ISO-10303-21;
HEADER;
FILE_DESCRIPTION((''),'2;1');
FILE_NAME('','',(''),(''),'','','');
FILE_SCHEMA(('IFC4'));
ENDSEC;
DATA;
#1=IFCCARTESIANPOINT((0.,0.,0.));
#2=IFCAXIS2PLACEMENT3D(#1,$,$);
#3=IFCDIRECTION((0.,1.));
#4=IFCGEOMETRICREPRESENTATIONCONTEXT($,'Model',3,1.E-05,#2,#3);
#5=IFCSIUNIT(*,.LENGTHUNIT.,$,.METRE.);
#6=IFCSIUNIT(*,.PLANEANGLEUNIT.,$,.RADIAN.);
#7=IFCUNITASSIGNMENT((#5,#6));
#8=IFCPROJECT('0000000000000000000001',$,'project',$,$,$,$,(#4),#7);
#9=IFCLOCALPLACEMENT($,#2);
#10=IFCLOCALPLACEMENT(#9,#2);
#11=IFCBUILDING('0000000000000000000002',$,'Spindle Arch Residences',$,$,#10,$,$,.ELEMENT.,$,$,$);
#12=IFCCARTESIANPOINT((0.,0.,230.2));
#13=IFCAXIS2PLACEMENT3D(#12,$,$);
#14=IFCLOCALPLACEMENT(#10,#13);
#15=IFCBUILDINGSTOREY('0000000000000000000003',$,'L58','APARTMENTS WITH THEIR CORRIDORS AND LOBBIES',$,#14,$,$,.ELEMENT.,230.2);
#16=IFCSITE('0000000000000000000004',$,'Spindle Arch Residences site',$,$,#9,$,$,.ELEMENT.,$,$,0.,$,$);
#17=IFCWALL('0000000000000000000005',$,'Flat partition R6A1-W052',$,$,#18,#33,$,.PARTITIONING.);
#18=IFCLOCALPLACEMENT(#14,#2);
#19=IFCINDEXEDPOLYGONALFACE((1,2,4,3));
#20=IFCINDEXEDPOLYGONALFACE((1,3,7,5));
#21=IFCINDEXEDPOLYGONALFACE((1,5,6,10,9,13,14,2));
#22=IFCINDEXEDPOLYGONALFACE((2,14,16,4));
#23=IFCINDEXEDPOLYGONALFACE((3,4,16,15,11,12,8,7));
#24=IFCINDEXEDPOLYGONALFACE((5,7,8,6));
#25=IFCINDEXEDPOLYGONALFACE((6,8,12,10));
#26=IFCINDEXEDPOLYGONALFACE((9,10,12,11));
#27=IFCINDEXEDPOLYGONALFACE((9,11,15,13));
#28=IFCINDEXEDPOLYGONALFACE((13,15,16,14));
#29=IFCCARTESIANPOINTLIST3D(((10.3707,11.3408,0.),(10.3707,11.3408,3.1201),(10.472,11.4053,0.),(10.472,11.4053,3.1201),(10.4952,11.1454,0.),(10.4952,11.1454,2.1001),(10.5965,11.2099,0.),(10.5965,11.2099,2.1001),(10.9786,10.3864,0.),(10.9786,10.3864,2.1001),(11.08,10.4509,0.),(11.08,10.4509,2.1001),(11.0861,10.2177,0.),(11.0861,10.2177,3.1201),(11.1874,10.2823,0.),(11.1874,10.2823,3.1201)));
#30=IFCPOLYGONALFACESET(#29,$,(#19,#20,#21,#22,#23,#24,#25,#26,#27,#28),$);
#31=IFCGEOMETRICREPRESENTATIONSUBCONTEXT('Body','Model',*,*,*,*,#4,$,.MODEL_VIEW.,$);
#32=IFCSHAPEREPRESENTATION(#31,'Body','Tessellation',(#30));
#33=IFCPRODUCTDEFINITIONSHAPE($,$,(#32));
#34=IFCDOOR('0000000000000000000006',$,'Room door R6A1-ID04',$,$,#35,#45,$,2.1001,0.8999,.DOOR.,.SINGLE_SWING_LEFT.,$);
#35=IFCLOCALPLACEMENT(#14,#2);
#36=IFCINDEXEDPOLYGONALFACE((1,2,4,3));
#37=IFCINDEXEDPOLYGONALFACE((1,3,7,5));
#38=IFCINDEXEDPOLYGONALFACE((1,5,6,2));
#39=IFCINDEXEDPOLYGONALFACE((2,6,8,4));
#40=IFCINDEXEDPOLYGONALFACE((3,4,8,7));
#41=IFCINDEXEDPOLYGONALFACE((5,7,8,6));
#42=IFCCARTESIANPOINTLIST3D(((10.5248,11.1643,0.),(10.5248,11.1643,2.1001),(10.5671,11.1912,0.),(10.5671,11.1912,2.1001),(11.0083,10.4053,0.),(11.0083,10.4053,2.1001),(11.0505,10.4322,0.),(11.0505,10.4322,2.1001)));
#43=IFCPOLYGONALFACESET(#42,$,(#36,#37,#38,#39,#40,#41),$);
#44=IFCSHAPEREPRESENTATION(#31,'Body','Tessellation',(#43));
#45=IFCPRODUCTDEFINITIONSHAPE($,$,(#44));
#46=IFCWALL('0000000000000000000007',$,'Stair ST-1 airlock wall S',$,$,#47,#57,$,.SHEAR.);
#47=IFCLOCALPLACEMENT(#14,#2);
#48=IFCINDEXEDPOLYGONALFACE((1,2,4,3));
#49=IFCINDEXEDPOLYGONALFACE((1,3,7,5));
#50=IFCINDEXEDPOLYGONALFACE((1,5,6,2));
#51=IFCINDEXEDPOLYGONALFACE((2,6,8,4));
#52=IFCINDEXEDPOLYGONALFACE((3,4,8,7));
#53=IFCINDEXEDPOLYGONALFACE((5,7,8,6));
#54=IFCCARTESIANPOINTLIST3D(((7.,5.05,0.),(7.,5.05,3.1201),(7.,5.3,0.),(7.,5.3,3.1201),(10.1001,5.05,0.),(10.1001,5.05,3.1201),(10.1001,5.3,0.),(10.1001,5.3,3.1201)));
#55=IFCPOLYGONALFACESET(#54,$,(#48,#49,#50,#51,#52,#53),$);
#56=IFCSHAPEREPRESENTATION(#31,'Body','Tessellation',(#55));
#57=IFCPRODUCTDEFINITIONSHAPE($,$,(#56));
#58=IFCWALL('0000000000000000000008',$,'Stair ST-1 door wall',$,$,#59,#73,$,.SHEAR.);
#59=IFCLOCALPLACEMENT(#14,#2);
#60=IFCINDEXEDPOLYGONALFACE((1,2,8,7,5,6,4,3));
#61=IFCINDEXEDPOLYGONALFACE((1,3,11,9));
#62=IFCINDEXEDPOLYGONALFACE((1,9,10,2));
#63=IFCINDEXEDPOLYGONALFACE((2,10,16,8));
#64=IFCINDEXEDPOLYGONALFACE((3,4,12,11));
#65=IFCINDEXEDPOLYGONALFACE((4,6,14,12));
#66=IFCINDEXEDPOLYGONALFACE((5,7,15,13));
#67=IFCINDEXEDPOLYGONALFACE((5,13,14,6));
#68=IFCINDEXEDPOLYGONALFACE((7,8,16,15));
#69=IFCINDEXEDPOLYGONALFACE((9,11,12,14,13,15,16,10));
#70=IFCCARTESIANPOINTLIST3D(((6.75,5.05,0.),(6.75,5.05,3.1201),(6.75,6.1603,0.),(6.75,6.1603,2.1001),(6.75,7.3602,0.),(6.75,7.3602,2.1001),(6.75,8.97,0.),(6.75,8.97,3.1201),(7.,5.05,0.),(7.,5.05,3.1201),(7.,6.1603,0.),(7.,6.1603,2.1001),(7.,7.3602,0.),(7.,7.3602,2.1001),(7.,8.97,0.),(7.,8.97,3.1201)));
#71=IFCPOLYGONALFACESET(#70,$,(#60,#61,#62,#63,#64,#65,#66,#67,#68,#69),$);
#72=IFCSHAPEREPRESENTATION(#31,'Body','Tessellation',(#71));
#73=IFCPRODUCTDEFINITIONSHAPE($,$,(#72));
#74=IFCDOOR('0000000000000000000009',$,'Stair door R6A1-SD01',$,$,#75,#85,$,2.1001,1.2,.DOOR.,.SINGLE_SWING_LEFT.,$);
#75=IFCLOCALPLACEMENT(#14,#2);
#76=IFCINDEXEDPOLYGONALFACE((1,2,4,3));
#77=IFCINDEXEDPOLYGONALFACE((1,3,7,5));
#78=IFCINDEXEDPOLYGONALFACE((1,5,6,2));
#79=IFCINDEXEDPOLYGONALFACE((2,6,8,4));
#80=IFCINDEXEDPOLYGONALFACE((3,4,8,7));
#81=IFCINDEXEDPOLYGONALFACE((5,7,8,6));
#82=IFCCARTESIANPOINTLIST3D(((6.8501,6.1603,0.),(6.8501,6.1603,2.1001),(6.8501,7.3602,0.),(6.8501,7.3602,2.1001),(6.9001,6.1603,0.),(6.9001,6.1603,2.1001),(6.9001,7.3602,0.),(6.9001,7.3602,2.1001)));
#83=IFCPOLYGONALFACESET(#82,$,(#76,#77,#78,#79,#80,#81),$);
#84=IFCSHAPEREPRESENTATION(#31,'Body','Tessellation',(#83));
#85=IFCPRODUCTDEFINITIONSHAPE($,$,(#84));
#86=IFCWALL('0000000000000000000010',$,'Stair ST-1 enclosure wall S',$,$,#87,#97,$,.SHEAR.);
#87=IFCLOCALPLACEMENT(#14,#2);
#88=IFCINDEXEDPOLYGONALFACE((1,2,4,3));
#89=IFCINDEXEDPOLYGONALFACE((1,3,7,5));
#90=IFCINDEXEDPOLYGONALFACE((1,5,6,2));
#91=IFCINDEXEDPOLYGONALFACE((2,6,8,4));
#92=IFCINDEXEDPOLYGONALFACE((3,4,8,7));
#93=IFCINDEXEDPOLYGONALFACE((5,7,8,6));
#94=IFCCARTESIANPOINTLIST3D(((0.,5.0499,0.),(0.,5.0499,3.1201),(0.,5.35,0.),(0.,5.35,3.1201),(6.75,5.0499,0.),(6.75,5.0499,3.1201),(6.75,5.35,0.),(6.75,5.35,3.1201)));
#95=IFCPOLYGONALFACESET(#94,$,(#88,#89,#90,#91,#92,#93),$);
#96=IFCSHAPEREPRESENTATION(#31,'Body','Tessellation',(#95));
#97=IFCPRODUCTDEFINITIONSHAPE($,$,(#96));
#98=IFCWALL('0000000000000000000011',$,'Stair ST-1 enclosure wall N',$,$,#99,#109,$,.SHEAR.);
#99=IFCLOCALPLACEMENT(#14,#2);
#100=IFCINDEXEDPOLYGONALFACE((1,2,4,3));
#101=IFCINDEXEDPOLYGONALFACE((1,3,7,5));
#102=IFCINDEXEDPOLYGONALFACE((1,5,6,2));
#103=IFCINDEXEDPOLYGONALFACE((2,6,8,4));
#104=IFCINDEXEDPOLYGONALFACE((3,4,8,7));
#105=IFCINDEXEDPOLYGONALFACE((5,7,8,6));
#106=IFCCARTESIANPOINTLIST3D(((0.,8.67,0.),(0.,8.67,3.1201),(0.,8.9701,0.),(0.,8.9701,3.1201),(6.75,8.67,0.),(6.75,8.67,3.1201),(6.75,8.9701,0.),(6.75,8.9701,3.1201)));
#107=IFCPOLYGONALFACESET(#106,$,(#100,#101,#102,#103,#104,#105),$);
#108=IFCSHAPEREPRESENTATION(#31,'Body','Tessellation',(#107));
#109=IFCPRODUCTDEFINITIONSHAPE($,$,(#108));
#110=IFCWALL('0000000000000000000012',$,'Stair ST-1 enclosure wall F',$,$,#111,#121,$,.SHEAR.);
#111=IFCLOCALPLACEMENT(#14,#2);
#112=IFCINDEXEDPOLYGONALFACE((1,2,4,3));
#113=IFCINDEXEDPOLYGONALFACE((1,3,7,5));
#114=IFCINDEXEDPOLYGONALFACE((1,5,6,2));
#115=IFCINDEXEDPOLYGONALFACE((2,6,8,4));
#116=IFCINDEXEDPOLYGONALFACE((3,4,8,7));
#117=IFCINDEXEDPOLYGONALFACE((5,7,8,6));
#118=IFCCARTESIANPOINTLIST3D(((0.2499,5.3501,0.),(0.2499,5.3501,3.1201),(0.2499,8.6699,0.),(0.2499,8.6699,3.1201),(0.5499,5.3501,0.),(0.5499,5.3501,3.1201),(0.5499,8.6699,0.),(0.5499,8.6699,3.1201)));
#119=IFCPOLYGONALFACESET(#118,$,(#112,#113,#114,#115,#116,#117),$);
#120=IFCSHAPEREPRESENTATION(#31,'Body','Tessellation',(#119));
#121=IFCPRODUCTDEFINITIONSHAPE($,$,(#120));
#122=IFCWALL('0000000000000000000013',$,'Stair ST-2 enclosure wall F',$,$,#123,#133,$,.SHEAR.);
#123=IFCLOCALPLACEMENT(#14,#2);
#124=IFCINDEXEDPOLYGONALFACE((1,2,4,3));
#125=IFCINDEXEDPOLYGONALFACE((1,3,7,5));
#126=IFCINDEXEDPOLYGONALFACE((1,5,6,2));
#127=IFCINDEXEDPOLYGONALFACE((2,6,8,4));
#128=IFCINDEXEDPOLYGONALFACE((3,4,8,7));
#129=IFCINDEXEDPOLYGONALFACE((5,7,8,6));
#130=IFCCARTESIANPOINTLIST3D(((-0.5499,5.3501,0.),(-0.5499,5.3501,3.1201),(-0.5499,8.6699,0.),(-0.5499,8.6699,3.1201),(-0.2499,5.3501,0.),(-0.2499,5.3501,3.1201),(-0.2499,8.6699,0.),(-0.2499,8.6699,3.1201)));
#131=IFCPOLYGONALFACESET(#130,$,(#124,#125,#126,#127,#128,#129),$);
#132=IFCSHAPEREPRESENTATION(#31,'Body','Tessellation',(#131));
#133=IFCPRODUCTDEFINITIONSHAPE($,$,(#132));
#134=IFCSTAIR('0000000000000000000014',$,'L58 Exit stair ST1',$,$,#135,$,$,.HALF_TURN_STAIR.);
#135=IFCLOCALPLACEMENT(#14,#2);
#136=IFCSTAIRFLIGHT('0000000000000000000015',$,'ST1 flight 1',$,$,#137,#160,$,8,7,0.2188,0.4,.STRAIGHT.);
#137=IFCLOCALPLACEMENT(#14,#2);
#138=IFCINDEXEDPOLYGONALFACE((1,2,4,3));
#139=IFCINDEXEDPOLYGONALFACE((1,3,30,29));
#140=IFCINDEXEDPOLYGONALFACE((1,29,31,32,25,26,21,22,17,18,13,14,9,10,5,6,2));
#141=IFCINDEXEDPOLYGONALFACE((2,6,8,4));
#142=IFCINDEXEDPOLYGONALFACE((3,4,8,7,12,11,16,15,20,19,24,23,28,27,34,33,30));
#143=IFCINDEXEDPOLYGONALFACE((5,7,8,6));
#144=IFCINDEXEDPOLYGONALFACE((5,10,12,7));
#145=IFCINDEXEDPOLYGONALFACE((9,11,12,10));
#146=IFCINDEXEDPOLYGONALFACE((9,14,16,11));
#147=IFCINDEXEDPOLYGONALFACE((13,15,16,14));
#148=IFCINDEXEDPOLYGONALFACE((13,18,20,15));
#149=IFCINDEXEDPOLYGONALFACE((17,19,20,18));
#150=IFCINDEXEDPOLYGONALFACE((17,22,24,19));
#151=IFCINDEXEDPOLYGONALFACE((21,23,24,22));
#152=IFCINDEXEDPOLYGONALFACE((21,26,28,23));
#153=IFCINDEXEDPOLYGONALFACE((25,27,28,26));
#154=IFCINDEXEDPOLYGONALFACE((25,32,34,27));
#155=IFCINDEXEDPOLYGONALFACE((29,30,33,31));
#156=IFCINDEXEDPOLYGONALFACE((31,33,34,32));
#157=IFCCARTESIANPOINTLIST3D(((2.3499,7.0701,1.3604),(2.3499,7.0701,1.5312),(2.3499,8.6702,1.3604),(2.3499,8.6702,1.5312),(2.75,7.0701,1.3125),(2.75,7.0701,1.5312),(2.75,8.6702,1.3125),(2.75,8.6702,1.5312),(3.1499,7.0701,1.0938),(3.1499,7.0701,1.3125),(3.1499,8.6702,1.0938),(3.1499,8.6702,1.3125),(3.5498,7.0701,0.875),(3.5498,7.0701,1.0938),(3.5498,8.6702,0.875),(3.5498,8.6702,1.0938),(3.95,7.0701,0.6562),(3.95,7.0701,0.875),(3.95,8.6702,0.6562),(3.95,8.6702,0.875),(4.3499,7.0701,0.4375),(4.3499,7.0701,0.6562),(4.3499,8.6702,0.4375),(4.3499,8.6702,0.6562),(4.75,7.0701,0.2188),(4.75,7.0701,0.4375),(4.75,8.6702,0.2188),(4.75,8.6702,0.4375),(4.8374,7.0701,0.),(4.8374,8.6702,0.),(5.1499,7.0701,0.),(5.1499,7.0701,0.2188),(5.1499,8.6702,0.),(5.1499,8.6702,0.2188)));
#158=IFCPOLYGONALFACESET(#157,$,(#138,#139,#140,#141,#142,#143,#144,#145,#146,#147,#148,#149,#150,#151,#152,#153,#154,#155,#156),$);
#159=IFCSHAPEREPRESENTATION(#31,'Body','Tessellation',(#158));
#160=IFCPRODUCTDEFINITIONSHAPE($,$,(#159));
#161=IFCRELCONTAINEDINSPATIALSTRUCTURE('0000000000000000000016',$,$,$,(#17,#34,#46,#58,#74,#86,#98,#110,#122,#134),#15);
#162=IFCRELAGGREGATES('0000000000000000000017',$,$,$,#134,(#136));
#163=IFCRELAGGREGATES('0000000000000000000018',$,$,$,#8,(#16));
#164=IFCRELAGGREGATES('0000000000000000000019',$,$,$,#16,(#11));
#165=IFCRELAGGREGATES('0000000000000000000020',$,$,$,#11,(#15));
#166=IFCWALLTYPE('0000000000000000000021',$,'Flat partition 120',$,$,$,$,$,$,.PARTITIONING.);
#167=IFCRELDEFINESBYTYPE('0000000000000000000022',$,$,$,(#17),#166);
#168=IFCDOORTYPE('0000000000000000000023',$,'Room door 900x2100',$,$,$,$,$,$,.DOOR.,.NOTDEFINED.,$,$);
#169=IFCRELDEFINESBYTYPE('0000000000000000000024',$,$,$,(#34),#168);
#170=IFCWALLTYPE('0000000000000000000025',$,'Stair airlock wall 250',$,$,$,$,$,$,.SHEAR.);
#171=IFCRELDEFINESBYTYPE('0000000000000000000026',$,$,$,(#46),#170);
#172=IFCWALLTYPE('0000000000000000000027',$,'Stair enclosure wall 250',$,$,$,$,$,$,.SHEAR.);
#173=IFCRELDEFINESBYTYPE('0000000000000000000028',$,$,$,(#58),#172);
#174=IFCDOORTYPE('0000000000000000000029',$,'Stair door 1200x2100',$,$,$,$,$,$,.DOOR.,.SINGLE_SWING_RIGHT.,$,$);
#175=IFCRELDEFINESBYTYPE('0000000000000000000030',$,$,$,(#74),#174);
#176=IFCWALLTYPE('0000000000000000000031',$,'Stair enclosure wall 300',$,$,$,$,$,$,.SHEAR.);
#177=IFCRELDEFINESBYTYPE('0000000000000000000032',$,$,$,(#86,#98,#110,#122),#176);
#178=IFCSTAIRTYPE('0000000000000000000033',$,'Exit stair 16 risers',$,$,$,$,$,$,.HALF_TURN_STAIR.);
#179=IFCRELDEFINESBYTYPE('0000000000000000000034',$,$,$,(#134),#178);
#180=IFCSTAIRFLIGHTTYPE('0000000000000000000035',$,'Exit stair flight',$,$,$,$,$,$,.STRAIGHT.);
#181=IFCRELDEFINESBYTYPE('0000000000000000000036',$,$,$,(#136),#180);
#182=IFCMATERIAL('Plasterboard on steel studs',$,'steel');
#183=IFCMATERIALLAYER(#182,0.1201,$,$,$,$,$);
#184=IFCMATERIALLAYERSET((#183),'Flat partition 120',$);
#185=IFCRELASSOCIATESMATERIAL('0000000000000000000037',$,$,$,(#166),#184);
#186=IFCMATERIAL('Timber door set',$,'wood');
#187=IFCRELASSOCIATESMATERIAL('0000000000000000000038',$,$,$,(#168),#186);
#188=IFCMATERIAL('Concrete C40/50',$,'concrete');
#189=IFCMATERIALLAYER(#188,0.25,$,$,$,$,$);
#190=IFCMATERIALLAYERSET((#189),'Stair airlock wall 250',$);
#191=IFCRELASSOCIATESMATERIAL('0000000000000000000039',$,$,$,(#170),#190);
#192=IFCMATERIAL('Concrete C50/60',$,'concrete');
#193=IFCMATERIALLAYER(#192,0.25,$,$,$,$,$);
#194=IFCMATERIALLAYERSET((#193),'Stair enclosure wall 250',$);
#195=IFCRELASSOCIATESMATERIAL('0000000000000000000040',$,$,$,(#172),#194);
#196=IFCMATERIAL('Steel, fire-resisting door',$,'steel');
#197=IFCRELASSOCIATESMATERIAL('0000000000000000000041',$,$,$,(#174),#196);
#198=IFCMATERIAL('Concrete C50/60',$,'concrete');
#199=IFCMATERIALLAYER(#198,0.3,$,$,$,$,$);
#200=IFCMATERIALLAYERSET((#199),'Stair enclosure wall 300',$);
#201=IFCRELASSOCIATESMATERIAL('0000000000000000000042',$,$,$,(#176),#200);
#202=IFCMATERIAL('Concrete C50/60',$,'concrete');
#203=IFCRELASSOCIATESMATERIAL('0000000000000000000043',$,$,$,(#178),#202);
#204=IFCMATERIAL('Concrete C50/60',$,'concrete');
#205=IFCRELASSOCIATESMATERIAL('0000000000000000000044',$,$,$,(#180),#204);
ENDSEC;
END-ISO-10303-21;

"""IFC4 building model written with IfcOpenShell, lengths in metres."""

from ifc_helpers import new_model, si_unit, direction, frame, frame_2d, origin, place, context, subcontext, project, spatial, polyline, rectangle, outline, extrude, material, layer, layer_set, type_object, element, fill, aggregate, save


model = new_model("IFC4")

# Units and contexts
model_context = context("Model", 3, precision=1e-05, world=origin(), true_north=direction((0.0, 1.0)))
body_context = subcontext(model_context, "Body", "Model", "MODEL_VIEW")
ifc_project = project(units=[si_unit("LENGTHUNIT", "METRE"), si_unit("PLANEANGLEUNIT", "RADIAN")], contexts=[model_context])

# Site, building, storey
site_placement = place(None, origin())
site = spatial("IfcSite", under=ifc_project, at=site_placement, Name="Spindle Arch Residences site", CompositionType="ELEMENT", RefElevation=0.0)
building_placement = place(site_placement, origin())
building = spatial("IfcBuilding", under=site, at=building_placement, Name="Spindle Arch Residences", CompositionType="ELEMENT")
storey_placement = place(building_placement, frame((0.0, 0.0, 230.2)))
storey = spatial("IfcBuildingStorey", under=building, at=storey_placement, Name="L58", Description="APARTMENTS WITH THEIR CORRIDORS AND LOBBIES", CompositionType="ELEMENT", Elevation=230.2)

# Wall, opening, door
ifc_material_1 = material(Name="Plasterboard on steel studs", Category="steel")
ifc_layer_1 = layer(ifc_material_1, 0.1201)
ifc_layer_set_1 = layer_set([ifc_layer_1], Name="Flat partition 120")
wall_type_1 = type_object("IfcWallType", Name="Flat partition 120", PredefinedType="PARTITIONING", material=ifc_layer_set_1)
wall_1_placement = place(storey_placement, frame((11.1367, 10.25, 0.0), z_axis=(0.0, 0.0, 1.0), x_axis=(-0.537231, 0.843435, 0.0)))
wall_1 = element("IfcWall", 1, at=wall_1_placement, inside=storey, type_object=wall_type_1, Name="Flat partition R6A1-W052", PredefinedType="PARTITIONING", context=body_context, shape_type="SweptSolid", body=[
    extrude(rectangle(XDim=1.3315, YDim=0.1201, at=frame_2d((0.6658, 0.0))), origin(), (0.0, 0.0, 1.0), 3.1201),
])
opening_1_placement = place(wall_1_placement, frame((0.2, 0.0, 0.0)))
opening_1 = element("IfcOpeningElement", 2, at=opening_1_placement, cuts=wall_1, PredefinedType="OPENING", context=body_context, shape_type="SweptSolid", body=[
    extrude(rectangle(XDim=0.8999, YDim=2.1001, at=frame_2d((0.45, 1.05))), frame((0.0, 0.0701, 0.0), z_axis=(0.0, -1.0, 0.0), x_axis=(1.0, 0.0, 0.0)), (0.0, 0.0, 1.0), 0.1401),
])
ifc_material_2 = material(Name="Timber door set", Category="wood")
door_type_1 = type_object("IfcDoorType", Name="Room door 900x2100", OperationType="NOTDEFINED", PredefinedType="DOOR", material=ifc_material_2)
door_1_placement = place(opening_1_placement, origin())
door_1 = element("IfcDoor", 3, at=door_1_placement, inside=storey, type_object=door_type_1, Name="Room door R6A1-ID04", OperationType="SINGLE_SWING_LEFT", OverallHeight=2.1001, OverallWidth=0.8999, PredefinedType="DOOR", context=body_context, shape_type="SweptSolid", body=[
    extrude(rectangle(XDim=0.8999, YDim=2.1001, at=frame_2d((0.45, 1.05))), frame((0.0, 0.0249, 0.0), z_axis=(0.0, -1.0, 0.0), x_axis=(1.0, 0.0, 0.0)), (0.0, 0.0, 1.0), 0.05),
])
fill(opening_1, door_1)

# Wall
ifc_material_3 = material(Name="Concrete C40/50", Category="concrete")
ifc_layer_2 = layer(ifc_material_3, 0.25)
ifc_layer_set_2 = layer_set([ifc_layer_2], Name="Stair airlock wall 250")
wall_type_2 = type_object("IfcWallType", Name="Stair airlock wall 250", PredefinedType="SHEAR", material=ifc_layer_set_2)
wall_2_placement = place(storey_placement, frame((7.0, 5.175, 0.0), z_axis=(0.0, 0.0, 1.0), x_axis=(1.0, 0.0, 0.0)))
element("IfcWall", 4, at=wall_2_placement, inside=storey, type_object=wall_type_2, Name="Stair ST-1 airlock wall S", PredefinedType="SHEAR", context=body_context, shape_type="SweptSolid", body=[
    extrude(rectangle(XDim=3.1001, YDim=0.25, at=frame_2d((1.55, 0.0))), origin(), (0.0, 0.0, 1.0), 3.1201),
])

# Wall, opening, door
ifc_material_4 = material(Name="Concrete C50/60", Category="concrete")
ifc_layer_3 = layer(ifc_material_4, 0.25)
ifc_layer_set_3 = layer_set([ifc_layer_3], Name="Stair enclosure wall 250")
wall_type_3 = type_object("IfcWallType", Name="Stair enclosure wall 250", PredefinedType="SHEAR", material=ifc_layer_set_3)
wall_3_placement = place(storey_placement, frame((6.875, 5.05, 0.0), z_axis=(0.0, 0.0, 1.0), x_axis=(0.0, 1.0, 0.0)))
wall_3 = element("IfcWall", 5, at=wall_3_placement, inside=storey, type_object=wall_type_3, Name="Stair ST-1 door wall", PredefinedType="SHEAR", context=body_context, shape_type="SweptSolid", body=[
    extrude(rectangle(XDim=3.9199, YDim=0.25, at=frame_2d((1.96, 0.0))), origin(), (0.0, 0.0, 1.0), 3.1201),
])
opening_2_placement = place(wall_3_placement, frame((1.1101, 0.0, 0.0)))
opening_2 = element("IfcOpeningElement", 6, at=opening_2_placement, cuts=wall_3, PredefinedType="OPENING", context=body_context, shape_type="SweptSolid", body=[
    extrude(rectangle(XDim=1.2, YDim=2.1001, at=frame_2d((0.6001, 1.05))), frame((0.0, 0.135, 0.0), z_axis=(0.0, -1.0, 0.0), x_axis=(1.0, 0.0, 0.0)), (0.0, 0.0, 1.0), 0.27),
])
ifc_material_5 = material(Name="Steel, fire-resisting door", Category="steel")
door_type_2 = type_object("IfcDoorType", Name="Stair door 1200x2100", OperationType="SINGLE_SWING_RIGHT", PredefinedType="DOOR", material=ifc_material_5)
door_2_placement = place(opening_2_placement, origin())
door_2 = element("IfcDoor", 7, at=door_2_placement, inside=storey, type_object=door_type_2, Name="Stair door R6A1-SD01", OperationType="SINGLE_SWING_LEFT", OverallHeight=2.1001, OverallWidth=1.2, PredefinedType="DOOR", context=body_context, shape_type="SweptSolid", body=[
    extrude(rectangle(XDim=1.2, YDim=2.1001, at=frame_2d((0.6001, 1.05))), frame((0.0, 0.0249, 0.0), z_axis=(0.0, -1.0, 0.0), x_axis=(1.0, 0.0, 0.0)), (0.0, 0.0, 1.0), 0.05),
])
fill(opening_2, door_2)

# Walls
ifc_material_6 = material(Name="Concrete C50/60", Category="concrete")
ifc_layer_4 = layer(ifc_material_6, 0.3)
ifc_layer_set_4 = layer_set([ifc_layer_4], Name="Stair enclosure wall 300")
wall_type_4 = type_object("IfcWallType", Name="Stair enclosure wall 300", PredefinedType="SHEAR", material=ifc_layer_set_4)
for number, where, z_axis, x_axis, name in (
    (8, (0.0, 5.2, 0.0), (0.0, 0.0, 1.0), (1.0, 0.0, 0.0), "Stair ST-1 enclosure wall S"),
    (9, (0.0, 8.8201, 0.0), (0.0, 0.0, 1.0), (1.0, 0.0, 0.0), "Stair ST-1 enclosure wall N"),
):
    element("IfcWall", number, at=place(storey_placement, frame(where, z_axis=z_axis, x_axis=x_axis)), inside=storey, type_object=wall_type_4, Name=name, PredefinedType="SHEAR", context=body_context, shape_type="SweptSolid", body=[
        extrude(rectangle(XDim=6.75, YDim=0.3, at=frame_2d((3.375, 0.0))), origin(), (0.0, 0.0, 1.0), 3.1201),
    ])
for number, where, z_axis, x_axis, name in (
    (10, (0.3999, 5.3501, 0.0), (0.0, 0.0, 1.0), (0.0, 1.0, 0.0), "Stair ST-1 enclosure wall F"),
    (11, (-0.3999, 5.3501, 0.0), (0.0, 0.0, 1.0), (0.0, 1.0, 0.0), "Stair ST-2 enclosure wall F"),
):
    element("IfcWall", number, at=place(storey_placement, frame(where, z_axis=z_axis, x_axis=x_axis)), inside=storey, type_object=wall_type_4, Name=name, PredefinedType="SHEAR", context=body_context, shape_type="SweptSolid", body=[
        extrude(rectangle(XDim=3.3198, YDim=0.3, at=frame_2d((1.6599, 0.0))), origin(), (0.0, 0.0, 1.0), 3.1201),
    ])

# Stair, stair flight
ifc_material_7 = material(Name="Concrete C50/60", Category="concrete")
stair_type = type_object("IfcStairType", Name="Exit stair 16 risers", PredefinedType="HALF_TURN_STAIR", material=ifc_material_7)
stair_1_placement = place(storey_placement, origin())
stair_1 = element("IfcStair", 12, at=stair_1_placement, inside=storey, type_object=stair_type, Name="L58 Exit stair ST1", PredefinedType="HALF_TURN_STAIR")
ifc_material_8 = material(Name="Concrete C50/60", Category="concrete")
stair_flight_type = type_object("IfcStairFlightType", Name="Exit stair flight", PredefinedType="STRAIGHT", material=ifc_material_8)
stair_flight_1_placement = place(storey_placement, frame((5.1499, 7.8701, 0.0), z_axis=(0.0, 0.0, 1.0), x_axis=(-1.0, 0.0, 0.0)))
stair_flight_1 = element("IfcStairFlight", 13, at=stair_flight_1_placement, type_object=stair_flight_type, Name="ST1 flight 1", NumberOfRisers=8, NumberOfTreads=7, PredefinedType="STRAIGHT", RiserHeight=0.2188, TreadLength=0.4, context=body_context, shape_type="SweptSolid", body=[
    extrude(outline(polyline([(0.0, 0.0), (0.0, 0.2188), (0.3999, 0.2188), (0.3999, 0.4375), (0.8, 0.4375), (0.8, 0.6562), (1.2, 0.6562), (1.2, 0.875), (1.6001, 0.875), (1.6001, 1.0938), (2.0, 1.0938), (2.0, 1.3125), (2.3999, 1.3125), (2.3999, 1.5312), (2.8, 1.5312), (2.8, 1.75), (2.8, 1.3604), (0.3125, 0.0), (0.0, 0.0)])), frame((0.0, 0.8, 0.0), z_axis=(0.0, -1.0, 0.0), x_axis=(1.0, 0.0, 0.0)), (0.0, 0.0, 1.0), 1.6001),
])
aggregate(stair_1, [stair_flight_1])

save(model, "model.ifc")
